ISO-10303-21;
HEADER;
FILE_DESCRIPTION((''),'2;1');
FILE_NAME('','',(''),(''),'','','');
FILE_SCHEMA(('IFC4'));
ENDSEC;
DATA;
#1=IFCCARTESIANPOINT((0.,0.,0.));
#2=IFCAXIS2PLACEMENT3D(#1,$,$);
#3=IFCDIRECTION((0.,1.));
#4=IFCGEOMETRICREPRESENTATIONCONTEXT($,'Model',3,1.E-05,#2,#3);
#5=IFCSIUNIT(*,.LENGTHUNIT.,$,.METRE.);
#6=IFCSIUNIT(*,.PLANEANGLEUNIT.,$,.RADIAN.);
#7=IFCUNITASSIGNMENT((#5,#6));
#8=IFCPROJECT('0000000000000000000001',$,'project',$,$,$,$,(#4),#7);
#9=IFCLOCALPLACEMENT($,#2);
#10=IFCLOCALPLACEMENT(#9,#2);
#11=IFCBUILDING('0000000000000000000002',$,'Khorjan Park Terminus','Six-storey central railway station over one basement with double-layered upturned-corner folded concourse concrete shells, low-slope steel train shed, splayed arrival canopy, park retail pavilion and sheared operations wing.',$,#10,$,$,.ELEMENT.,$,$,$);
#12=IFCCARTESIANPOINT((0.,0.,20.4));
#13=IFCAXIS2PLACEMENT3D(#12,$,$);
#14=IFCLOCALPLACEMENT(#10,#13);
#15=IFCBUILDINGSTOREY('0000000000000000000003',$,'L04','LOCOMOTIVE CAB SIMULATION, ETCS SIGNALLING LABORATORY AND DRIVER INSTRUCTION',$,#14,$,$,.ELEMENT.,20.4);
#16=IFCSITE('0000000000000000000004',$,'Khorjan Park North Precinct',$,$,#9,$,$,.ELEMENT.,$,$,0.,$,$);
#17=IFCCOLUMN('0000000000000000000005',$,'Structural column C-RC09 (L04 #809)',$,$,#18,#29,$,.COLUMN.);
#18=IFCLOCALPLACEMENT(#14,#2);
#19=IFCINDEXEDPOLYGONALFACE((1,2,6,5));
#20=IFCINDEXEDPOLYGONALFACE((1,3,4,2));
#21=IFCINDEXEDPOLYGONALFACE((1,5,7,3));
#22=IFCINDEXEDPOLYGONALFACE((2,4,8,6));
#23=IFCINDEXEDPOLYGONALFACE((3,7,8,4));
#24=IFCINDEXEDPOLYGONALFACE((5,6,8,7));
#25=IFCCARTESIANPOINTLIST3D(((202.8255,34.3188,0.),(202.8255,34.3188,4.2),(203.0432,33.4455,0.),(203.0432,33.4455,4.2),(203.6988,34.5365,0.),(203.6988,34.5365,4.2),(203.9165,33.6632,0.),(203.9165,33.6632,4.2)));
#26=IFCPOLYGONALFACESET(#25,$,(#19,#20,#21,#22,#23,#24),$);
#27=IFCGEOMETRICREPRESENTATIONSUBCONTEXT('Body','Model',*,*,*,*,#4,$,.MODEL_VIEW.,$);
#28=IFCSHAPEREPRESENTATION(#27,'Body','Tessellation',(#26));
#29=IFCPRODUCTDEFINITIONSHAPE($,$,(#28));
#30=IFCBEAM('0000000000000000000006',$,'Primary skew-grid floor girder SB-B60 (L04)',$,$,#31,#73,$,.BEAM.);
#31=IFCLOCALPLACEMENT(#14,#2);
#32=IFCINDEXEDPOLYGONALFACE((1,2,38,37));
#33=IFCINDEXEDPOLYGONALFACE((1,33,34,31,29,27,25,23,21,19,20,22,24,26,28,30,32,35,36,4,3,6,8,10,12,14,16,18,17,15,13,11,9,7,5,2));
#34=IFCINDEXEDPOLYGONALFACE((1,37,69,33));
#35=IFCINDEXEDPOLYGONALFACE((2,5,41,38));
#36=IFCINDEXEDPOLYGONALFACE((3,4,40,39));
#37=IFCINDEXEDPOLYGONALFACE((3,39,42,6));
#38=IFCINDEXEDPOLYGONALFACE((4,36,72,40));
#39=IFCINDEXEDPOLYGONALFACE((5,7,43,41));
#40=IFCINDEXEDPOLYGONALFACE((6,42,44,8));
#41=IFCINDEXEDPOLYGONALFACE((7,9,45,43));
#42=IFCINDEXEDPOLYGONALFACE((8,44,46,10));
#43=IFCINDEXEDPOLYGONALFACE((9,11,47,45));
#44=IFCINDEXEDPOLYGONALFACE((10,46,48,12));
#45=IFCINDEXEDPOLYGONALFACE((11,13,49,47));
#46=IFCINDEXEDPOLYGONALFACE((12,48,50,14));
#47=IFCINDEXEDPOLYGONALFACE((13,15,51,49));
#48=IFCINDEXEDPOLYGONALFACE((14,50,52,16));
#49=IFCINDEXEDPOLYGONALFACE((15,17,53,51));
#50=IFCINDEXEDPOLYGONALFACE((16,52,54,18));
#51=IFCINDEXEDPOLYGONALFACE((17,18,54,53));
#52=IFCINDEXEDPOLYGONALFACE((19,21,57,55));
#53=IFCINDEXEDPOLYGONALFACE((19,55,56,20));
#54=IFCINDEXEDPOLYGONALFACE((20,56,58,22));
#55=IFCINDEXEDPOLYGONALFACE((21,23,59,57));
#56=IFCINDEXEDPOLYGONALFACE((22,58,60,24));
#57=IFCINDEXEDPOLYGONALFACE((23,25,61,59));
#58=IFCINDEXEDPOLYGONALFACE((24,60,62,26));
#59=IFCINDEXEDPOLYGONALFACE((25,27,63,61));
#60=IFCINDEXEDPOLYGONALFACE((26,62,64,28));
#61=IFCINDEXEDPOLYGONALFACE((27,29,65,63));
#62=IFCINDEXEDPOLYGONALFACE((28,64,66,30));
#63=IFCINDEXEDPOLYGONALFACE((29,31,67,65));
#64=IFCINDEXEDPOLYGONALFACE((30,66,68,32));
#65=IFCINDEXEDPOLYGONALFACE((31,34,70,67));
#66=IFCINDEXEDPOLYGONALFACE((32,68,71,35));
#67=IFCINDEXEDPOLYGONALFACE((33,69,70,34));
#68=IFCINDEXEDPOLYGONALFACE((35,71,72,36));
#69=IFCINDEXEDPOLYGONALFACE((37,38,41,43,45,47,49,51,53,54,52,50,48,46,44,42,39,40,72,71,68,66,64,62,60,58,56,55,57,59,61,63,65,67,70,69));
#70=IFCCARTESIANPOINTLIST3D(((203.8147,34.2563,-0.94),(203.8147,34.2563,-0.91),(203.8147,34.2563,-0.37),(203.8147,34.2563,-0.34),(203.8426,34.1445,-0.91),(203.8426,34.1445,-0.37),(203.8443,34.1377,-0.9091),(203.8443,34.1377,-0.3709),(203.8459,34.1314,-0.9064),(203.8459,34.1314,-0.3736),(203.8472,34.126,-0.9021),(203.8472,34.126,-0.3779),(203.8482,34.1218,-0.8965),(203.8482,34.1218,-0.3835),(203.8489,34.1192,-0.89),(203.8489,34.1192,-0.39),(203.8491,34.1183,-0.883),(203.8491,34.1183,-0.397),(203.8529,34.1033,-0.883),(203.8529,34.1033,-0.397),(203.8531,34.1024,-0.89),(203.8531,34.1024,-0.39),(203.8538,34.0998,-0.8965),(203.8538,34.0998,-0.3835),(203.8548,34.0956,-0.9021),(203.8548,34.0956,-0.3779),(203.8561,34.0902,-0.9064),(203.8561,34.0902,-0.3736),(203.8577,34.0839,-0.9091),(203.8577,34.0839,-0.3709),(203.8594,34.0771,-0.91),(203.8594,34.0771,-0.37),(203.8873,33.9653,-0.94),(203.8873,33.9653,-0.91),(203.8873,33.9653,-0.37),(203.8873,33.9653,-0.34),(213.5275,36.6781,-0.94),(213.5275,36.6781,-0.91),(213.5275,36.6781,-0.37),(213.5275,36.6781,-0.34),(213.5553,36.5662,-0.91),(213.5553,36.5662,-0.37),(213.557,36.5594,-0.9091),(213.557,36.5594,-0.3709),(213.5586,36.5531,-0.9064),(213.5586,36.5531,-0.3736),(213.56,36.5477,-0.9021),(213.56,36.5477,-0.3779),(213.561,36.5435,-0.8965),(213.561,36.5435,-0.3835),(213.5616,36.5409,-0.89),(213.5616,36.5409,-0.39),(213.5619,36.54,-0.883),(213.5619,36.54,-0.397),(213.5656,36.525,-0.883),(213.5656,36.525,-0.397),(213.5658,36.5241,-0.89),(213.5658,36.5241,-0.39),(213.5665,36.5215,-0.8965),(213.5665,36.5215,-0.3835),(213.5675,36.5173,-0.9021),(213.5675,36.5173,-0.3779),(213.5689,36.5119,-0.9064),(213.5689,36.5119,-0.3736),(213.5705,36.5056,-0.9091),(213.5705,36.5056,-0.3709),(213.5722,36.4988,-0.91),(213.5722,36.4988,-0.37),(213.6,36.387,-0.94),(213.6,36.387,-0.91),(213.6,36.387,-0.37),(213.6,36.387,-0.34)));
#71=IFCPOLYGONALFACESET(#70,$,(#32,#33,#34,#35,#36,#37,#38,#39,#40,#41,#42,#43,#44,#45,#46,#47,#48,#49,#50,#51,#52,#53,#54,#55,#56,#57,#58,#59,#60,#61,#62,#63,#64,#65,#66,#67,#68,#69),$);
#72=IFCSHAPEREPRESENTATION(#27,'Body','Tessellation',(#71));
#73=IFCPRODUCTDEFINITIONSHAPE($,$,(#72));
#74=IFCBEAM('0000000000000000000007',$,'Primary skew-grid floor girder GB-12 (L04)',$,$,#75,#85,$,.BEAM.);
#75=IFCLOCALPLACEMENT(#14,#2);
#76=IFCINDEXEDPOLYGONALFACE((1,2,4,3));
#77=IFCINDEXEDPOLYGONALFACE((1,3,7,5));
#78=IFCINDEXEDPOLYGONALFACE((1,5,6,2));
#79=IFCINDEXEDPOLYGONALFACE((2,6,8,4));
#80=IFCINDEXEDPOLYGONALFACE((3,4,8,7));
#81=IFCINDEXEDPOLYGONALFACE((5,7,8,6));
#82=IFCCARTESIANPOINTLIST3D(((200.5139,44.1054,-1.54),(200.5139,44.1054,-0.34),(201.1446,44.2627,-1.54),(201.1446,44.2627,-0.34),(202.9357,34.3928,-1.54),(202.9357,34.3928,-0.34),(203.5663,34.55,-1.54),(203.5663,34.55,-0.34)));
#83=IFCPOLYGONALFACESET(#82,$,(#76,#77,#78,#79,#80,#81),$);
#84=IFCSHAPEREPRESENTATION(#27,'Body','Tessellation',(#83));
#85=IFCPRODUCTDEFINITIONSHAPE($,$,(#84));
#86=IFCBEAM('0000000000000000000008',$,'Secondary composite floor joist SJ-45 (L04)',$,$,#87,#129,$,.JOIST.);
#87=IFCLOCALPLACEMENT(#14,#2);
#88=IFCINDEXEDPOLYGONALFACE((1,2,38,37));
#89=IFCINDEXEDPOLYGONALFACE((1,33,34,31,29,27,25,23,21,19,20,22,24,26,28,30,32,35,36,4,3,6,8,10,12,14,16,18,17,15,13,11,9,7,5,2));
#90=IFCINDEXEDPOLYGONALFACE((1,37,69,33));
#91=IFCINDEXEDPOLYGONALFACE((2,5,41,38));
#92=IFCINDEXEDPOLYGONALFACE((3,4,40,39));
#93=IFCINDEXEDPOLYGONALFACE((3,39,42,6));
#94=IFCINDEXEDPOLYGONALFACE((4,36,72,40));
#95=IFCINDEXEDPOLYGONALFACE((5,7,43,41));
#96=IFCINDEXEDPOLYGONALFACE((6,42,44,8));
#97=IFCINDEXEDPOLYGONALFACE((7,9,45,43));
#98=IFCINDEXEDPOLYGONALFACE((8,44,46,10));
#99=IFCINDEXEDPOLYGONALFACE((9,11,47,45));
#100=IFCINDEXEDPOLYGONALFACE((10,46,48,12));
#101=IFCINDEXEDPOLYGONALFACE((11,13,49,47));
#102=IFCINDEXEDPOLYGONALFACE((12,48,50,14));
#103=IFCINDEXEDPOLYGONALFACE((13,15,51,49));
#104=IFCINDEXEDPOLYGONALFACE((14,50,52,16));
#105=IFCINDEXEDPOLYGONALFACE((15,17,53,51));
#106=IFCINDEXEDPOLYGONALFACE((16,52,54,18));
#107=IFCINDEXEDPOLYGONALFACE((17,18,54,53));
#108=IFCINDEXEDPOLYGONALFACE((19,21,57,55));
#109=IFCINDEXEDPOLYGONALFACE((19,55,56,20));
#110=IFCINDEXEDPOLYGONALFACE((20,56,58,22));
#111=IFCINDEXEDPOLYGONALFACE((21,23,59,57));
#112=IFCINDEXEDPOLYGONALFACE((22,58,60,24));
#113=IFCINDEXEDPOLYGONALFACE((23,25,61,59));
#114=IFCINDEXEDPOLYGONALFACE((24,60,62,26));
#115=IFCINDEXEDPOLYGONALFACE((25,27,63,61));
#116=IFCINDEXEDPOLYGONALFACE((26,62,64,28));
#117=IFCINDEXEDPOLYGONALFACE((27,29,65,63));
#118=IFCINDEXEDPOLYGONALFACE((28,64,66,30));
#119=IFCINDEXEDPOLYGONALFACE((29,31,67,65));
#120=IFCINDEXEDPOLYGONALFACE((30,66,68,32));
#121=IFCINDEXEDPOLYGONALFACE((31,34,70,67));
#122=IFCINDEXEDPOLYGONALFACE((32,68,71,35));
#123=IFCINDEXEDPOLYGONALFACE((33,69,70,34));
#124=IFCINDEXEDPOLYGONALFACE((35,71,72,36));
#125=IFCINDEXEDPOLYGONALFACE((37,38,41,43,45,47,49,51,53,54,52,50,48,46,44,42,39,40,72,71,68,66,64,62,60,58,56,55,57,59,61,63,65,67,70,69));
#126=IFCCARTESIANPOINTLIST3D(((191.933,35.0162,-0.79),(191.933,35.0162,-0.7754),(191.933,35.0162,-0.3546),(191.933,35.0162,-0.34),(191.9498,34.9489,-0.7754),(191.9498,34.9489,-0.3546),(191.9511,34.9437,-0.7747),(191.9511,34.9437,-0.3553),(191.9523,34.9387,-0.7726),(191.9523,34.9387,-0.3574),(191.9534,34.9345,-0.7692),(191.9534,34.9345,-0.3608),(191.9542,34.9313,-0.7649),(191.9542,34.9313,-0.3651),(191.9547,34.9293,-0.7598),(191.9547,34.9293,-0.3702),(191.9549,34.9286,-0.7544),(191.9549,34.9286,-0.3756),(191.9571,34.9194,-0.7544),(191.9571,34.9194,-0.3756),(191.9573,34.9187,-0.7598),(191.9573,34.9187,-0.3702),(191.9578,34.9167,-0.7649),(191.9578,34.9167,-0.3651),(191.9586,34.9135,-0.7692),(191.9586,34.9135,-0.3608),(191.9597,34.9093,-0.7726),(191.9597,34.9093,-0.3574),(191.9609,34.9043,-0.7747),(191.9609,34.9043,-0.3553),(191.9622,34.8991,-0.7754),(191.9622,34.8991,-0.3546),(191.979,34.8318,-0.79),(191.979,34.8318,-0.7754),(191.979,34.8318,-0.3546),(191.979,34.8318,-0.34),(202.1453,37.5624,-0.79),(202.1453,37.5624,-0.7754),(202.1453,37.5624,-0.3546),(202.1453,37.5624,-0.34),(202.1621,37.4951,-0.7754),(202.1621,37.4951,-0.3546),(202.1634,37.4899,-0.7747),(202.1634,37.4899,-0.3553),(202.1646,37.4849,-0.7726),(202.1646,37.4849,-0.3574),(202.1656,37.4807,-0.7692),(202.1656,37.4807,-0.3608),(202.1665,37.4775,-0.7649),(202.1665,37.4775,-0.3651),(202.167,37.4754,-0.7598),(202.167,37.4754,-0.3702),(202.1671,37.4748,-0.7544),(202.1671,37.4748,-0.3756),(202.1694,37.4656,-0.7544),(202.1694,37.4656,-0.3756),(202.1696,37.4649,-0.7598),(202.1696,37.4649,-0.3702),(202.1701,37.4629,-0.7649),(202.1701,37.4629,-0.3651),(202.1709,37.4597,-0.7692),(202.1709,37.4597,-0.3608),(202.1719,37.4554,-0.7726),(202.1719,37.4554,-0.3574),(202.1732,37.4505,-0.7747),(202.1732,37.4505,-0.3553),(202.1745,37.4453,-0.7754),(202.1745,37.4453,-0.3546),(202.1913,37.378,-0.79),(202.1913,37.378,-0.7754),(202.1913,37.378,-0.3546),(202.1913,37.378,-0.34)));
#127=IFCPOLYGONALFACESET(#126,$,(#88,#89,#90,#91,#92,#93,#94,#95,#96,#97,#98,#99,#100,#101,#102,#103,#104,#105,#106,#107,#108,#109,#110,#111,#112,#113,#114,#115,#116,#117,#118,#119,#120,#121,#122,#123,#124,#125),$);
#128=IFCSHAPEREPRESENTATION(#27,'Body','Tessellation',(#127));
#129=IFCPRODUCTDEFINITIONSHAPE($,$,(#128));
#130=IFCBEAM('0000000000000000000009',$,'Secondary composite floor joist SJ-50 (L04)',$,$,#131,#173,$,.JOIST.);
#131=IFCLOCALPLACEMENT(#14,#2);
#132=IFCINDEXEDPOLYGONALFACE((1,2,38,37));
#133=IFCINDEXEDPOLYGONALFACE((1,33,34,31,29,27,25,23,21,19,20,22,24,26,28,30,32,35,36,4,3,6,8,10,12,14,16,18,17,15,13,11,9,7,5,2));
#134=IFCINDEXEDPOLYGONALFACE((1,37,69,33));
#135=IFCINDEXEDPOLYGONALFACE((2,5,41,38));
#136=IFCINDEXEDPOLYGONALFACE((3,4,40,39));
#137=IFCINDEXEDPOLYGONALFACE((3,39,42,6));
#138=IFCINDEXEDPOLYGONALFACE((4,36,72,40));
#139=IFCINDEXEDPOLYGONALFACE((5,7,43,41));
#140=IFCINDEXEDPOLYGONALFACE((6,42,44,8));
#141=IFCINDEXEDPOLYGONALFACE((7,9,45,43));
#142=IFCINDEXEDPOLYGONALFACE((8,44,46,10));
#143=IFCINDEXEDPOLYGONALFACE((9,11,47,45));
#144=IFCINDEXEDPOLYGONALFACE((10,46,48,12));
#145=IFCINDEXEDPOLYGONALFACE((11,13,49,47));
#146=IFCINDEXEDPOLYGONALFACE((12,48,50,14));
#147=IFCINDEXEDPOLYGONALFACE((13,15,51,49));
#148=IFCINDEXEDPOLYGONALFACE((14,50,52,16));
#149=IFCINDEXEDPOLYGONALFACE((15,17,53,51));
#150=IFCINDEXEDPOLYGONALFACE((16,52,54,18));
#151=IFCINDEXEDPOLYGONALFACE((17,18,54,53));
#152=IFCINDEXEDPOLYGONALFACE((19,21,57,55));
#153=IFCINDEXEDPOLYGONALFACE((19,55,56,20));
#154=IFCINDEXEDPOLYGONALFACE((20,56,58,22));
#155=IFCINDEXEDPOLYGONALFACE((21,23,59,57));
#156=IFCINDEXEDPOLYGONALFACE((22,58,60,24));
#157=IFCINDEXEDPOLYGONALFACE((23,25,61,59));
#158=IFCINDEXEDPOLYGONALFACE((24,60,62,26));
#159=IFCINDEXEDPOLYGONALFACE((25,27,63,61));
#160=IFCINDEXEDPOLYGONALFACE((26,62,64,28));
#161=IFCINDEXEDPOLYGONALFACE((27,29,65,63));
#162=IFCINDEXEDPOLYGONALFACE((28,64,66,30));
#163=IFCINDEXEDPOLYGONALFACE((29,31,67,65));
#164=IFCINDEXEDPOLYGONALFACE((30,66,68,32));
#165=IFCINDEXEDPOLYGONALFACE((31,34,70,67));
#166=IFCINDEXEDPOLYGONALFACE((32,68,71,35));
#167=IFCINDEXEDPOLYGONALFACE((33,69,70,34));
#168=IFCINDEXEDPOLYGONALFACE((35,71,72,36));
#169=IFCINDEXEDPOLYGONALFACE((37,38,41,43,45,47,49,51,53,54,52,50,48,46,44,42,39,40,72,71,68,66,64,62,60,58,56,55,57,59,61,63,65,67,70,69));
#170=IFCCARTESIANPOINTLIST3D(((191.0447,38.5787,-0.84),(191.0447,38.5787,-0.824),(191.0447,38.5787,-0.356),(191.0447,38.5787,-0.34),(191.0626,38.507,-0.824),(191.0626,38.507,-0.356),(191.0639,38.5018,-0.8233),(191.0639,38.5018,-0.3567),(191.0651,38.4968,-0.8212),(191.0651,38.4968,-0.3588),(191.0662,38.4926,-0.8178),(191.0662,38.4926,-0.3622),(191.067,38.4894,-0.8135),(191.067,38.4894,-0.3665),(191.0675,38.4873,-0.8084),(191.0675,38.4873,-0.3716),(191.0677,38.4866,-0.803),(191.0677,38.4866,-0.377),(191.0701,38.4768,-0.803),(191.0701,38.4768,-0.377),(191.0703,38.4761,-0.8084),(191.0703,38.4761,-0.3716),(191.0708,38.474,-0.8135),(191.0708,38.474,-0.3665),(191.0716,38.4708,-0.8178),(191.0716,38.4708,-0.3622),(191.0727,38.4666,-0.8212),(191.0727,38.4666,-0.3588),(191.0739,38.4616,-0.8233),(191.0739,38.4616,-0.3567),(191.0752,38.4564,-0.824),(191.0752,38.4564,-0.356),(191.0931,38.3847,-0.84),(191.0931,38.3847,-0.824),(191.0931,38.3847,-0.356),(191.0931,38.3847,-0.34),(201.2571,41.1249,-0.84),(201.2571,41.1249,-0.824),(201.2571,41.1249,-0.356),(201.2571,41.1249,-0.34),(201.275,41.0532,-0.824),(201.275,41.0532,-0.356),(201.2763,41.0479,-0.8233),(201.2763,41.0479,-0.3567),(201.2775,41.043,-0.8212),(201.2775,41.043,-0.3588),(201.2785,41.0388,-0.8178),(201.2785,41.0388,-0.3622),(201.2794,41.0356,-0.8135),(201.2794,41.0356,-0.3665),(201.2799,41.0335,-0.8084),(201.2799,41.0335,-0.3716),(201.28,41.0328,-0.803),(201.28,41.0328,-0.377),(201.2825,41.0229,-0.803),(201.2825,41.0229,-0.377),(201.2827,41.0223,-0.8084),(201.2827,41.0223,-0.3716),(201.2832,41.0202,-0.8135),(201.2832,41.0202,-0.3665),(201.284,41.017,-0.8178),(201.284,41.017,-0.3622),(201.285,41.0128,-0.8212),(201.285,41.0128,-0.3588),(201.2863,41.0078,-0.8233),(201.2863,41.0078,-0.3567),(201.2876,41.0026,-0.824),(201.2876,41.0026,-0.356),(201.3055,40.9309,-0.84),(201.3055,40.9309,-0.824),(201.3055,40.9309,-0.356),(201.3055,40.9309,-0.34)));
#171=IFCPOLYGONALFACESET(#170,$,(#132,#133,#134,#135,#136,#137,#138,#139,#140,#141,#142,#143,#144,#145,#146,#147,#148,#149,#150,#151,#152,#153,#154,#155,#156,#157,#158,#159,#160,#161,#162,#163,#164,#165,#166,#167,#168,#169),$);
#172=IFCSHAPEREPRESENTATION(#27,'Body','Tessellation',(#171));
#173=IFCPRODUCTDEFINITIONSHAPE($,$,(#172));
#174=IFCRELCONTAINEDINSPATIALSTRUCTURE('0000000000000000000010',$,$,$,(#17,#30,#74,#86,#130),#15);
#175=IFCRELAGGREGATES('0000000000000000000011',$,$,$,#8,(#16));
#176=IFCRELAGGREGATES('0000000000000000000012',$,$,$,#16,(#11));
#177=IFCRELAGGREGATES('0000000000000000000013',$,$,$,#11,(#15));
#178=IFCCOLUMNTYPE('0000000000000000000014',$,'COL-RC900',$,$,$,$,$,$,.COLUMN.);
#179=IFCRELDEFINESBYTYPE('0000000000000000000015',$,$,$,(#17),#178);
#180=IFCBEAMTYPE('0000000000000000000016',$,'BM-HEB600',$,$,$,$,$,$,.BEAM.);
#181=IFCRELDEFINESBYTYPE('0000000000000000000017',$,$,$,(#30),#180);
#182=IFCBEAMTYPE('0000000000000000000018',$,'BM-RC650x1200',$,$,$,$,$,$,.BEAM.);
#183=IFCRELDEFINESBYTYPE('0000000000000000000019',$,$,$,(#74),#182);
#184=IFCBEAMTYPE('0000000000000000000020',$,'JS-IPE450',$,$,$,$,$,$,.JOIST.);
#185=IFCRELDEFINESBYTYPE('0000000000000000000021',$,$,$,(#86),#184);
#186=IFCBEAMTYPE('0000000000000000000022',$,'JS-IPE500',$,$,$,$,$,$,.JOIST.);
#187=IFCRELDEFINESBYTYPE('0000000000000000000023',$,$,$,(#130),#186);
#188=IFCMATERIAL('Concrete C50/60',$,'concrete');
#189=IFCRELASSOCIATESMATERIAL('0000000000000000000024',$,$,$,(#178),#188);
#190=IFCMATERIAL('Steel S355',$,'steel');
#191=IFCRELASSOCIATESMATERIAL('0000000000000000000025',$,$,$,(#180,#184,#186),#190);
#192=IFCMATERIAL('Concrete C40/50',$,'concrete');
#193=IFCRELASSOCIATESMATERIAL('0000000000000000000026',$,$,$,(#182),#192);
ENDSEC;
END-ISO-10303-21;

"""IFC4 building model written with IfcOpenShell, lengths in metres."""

from ifc_helpers import new_model, si_unit, direction, frame, origin, origin_2d, place, context, subcontext, project, spatial, rectangle, i_section, extrude, material, material_profile, profile_set, type_object, element, save


model = new_model("IFC4")

# Units and contexts
model_context = context("Model", 3, precision=1e-05, world=origin(), true_north=direction((0.0, 1.0)))
body_context = subcontext(model_context, "Body", "Model", "MODEL_VIEW")
ifc_project = project(units=[si_unit("LENGTHUNIT", "METRE"), si_unit("PLANEANGLEUNIT", "RADIAN")], contexts=[model_context])

# Site, building, storey
site_placement = place(None, origin())
site = spatial("IfcSite", under=ifc_project, at=site_placement, Name="Khorjan Park North Precinct", CompositionType="ELEMENT", RefElevation=0.0)
building_placement = place(site_placement, origin())
building = spatial("IfcBuilding", under=site, at=building_placement, Name="Khorjan Park Terminus", Description="Six-storey central railway station over one basement with double-layered upturned-corner folded concourse concrete shells, low-slope steel train shed, splayed arrival canopy, park retail pavilion and sheared operations wing.", CompositionType="ELEMENT")
storey_placement = place(building_placement, frame((0.0, 0.0, 20.4)))
storey = spatial("IfcBuildingStorey", under=building, at=storey_placement, Name="L04", Description="LOCOMOTIVE CAB SIMULATION, ETCS SIGNALLING LABORATORY AND DRIVER INSTRUCTION", CompositionType="ELEMENT", Elevation=20.4)

# Column
ifc_material_1 = material(Name="Concrete C50/60", Category="concrete")
ifc_material_profile_1 = material_profile(ifc_material_1, rectangle(XDim=0.9, YDim=0.9, at=origin_2d()), Name="RC 900x900")
ifc_profile_set_1 = profile_set([ifc_material_profile_1], Name="Concrete C50/60")
column_type = type_object("IfcColumnType", Name="COL-RC900", PredefinedType="COLUMN", material=ifc_profile_set_1)
column_placement = place(storey_placement, frame((203.371, 33.991, 0.0), z_axis=(0.0, 0.0, 1.0), x_axis=(0.970296, 0.241922, 0.0)))
element("IfcColumn", 1, at=column_placement, inside=storey, type_object=column_type, Name="Structural column C-RC09 (L04 #809)", PredefinedType="COLUMN", context=body_context, shape_type="SweptSolid", body=[
    extrude(rectangle(XDim=0.9, YDim=0.9, at=origin_2d()), origin(), (0.0, 0.0, 1.0), 4.2),
])

# Beams
ifc_material_2 = material(Name="Steel S355", Category="steel")
ifc_material_profile_2 = material_profile(ifc_material_2, i_section(OverallWidth=0.3, OverallDepth=0.6, WebThickness=0.0155, FlangeThickness=0.03, FilletRadius=0.027, at=origin_2d()), Name="HEB 600")
ifc_profile_set_2 = profile_set([ifc_material_profile_2], Name="Steel S355")
beam_type_1 = type_object("IfcBeamType", Name="BM-HEB600", PredefinedType="BEAM", material=ifc_profile_set_2)
beam_1_placement = place(storey_placement, frame((203.851, 34.1108, -0.64), z_axis=(0.970295, 0.241927, 0.0), x_axis=(-0.241927, 0.970295, 0.0)))
element("IfcBeam", 2, at=beam_1_placement, inside=storey, type_object=beam_type_1, Name="Primary skew-grid floor girder SB-B60 (L04)", PredefinedType="BEAM", context=body_context, shape_type="SweptSolid", body=[
    extrude(i_section(OverallWidth=0.3, OverallDepth=0.6, WebThickness=0.0155, FlangeThickness=0.03, FilletRadius=0.027, at=origin_2d()), origin(), (0.0, 0.0, 1.0), 10.0101),
])
ifc_material_3 = material(Name="Concrete C40/50", Category="concrete")
ifc_material_profile_3 = material_profile(ifc_material_3, rectangle(XDim=0.65, YDim=1.2, at=origin_2d()), Name="RC 650x1200")
ifc_profile_set_3 = profile_set([ifc_material_profile_3], Name="Concrete C40/50")
beam_type_2 = type_object("IfcBeamType", Name="BM-RC650x1200", PredefinedType="BEAM", material=ifc_profile_set_3)
beam_2_placement = place(storey_placement, frame((203.251, 34.4714, -0.94), z_axis=(-0.241929, 0.970294, 0.0), x_axis=(-0.970294, -0.241929, 0.0)))
element("IfcBeam", 3, at=beam_2_placement, inside=storey, type_object=beam_type_2, Name="Primary skew-grid floor girder GB-12 (L04)", PredefinedType="BEAM", context=body_context, shape_type="SweptSolid", body=[
    extrude(rectangle(XDim=0.65, YDim=1.2, at=origin_2d()), origin(), (0.0, 0.0, 1.0), 10.01),
])
ifc_material_profile_4 = material_profile(ifc_material_2, i_section(OverallWidth=0.19, OverallDepth=0.45, WebThickness=0.0094, FlangeThickness=0.0146, FilletRadius=0.021, at=origin_2d()), Name="IPE 450")
ifc_profile_set_4 = profile_set([ifc_material_profile_4], Name="Steel S355")
beam_type_3 = type_object("IfcBeamType", Name="JS-IPE450", PredefinedType="JOIST", material=ifc_profile_set_4)
beam_3_placement = place(storey_placement, frame((191.956, 34.924, -0.565), z_axis=(0.970296, 0.241921, 0.0), x_axis=(-0.241921, 0.970296, 0.0)))
element("IfcBeam", 4, at=beam_3_placement, inside=storey, type_object=beam_type_3, Name="Secondary composite floor joist SJ-45 (L04)", PredefinedType="JOIST", context=body_context, shape_type="SweptSolid", body=[
    extrude(i_section(OverallWidth=0.19, OverallDepth=0.45, WebThickness=0.0094, FlangeThickness=0.0146, FilletRadius=0.021, at=origin_2d()), origin(), (0.0, 0.0, 1.0), 10.5249),
])
ifc_material_profile_5 = material_profile(ifc_material_2, i_section(OverallWidth=0.2, OverallDepth=0.5, WebThickness=0.0102, FlangeThickness=0.016, FilletRadius=0.021, at=origin_2d()), Name="IPE 500")
ifc_profile_set_5 = profile_set([ifc_material_profile_5], Name="Steel S355")
beam_type_4 = type_object("IfcBeamType", Name="JS-IPE500", PredefinedType="JOIST", material=ifc_profile_set_5)
beam_4_placement = place(storey_placement, frame((191.0689, 38.4817, -0.59), z_axis=(0.970297, 0.241919, 0.0), x_axis=(-0.241919, 0.970297, 0.0)))
element("IfcBeam", 5, at=beam_4_placement, inside=storey, type_object=beam_type_4, Name="Secondary composite floor joist SJ-50 (L04)", PredefinedType="JOIST", context=body_context, shape_type="SweptSolid", body=[
    extrude(i_section(OverallWidth=0.2, OverallDepth=0.5, WebThickness=0.0102, FlangeThickness=0.016, FilletRadius=0.021, at=origin_2d()), origin(), (0.0, 0.0, 1.0), 10.525),
])

save(model, "model.ifc")
